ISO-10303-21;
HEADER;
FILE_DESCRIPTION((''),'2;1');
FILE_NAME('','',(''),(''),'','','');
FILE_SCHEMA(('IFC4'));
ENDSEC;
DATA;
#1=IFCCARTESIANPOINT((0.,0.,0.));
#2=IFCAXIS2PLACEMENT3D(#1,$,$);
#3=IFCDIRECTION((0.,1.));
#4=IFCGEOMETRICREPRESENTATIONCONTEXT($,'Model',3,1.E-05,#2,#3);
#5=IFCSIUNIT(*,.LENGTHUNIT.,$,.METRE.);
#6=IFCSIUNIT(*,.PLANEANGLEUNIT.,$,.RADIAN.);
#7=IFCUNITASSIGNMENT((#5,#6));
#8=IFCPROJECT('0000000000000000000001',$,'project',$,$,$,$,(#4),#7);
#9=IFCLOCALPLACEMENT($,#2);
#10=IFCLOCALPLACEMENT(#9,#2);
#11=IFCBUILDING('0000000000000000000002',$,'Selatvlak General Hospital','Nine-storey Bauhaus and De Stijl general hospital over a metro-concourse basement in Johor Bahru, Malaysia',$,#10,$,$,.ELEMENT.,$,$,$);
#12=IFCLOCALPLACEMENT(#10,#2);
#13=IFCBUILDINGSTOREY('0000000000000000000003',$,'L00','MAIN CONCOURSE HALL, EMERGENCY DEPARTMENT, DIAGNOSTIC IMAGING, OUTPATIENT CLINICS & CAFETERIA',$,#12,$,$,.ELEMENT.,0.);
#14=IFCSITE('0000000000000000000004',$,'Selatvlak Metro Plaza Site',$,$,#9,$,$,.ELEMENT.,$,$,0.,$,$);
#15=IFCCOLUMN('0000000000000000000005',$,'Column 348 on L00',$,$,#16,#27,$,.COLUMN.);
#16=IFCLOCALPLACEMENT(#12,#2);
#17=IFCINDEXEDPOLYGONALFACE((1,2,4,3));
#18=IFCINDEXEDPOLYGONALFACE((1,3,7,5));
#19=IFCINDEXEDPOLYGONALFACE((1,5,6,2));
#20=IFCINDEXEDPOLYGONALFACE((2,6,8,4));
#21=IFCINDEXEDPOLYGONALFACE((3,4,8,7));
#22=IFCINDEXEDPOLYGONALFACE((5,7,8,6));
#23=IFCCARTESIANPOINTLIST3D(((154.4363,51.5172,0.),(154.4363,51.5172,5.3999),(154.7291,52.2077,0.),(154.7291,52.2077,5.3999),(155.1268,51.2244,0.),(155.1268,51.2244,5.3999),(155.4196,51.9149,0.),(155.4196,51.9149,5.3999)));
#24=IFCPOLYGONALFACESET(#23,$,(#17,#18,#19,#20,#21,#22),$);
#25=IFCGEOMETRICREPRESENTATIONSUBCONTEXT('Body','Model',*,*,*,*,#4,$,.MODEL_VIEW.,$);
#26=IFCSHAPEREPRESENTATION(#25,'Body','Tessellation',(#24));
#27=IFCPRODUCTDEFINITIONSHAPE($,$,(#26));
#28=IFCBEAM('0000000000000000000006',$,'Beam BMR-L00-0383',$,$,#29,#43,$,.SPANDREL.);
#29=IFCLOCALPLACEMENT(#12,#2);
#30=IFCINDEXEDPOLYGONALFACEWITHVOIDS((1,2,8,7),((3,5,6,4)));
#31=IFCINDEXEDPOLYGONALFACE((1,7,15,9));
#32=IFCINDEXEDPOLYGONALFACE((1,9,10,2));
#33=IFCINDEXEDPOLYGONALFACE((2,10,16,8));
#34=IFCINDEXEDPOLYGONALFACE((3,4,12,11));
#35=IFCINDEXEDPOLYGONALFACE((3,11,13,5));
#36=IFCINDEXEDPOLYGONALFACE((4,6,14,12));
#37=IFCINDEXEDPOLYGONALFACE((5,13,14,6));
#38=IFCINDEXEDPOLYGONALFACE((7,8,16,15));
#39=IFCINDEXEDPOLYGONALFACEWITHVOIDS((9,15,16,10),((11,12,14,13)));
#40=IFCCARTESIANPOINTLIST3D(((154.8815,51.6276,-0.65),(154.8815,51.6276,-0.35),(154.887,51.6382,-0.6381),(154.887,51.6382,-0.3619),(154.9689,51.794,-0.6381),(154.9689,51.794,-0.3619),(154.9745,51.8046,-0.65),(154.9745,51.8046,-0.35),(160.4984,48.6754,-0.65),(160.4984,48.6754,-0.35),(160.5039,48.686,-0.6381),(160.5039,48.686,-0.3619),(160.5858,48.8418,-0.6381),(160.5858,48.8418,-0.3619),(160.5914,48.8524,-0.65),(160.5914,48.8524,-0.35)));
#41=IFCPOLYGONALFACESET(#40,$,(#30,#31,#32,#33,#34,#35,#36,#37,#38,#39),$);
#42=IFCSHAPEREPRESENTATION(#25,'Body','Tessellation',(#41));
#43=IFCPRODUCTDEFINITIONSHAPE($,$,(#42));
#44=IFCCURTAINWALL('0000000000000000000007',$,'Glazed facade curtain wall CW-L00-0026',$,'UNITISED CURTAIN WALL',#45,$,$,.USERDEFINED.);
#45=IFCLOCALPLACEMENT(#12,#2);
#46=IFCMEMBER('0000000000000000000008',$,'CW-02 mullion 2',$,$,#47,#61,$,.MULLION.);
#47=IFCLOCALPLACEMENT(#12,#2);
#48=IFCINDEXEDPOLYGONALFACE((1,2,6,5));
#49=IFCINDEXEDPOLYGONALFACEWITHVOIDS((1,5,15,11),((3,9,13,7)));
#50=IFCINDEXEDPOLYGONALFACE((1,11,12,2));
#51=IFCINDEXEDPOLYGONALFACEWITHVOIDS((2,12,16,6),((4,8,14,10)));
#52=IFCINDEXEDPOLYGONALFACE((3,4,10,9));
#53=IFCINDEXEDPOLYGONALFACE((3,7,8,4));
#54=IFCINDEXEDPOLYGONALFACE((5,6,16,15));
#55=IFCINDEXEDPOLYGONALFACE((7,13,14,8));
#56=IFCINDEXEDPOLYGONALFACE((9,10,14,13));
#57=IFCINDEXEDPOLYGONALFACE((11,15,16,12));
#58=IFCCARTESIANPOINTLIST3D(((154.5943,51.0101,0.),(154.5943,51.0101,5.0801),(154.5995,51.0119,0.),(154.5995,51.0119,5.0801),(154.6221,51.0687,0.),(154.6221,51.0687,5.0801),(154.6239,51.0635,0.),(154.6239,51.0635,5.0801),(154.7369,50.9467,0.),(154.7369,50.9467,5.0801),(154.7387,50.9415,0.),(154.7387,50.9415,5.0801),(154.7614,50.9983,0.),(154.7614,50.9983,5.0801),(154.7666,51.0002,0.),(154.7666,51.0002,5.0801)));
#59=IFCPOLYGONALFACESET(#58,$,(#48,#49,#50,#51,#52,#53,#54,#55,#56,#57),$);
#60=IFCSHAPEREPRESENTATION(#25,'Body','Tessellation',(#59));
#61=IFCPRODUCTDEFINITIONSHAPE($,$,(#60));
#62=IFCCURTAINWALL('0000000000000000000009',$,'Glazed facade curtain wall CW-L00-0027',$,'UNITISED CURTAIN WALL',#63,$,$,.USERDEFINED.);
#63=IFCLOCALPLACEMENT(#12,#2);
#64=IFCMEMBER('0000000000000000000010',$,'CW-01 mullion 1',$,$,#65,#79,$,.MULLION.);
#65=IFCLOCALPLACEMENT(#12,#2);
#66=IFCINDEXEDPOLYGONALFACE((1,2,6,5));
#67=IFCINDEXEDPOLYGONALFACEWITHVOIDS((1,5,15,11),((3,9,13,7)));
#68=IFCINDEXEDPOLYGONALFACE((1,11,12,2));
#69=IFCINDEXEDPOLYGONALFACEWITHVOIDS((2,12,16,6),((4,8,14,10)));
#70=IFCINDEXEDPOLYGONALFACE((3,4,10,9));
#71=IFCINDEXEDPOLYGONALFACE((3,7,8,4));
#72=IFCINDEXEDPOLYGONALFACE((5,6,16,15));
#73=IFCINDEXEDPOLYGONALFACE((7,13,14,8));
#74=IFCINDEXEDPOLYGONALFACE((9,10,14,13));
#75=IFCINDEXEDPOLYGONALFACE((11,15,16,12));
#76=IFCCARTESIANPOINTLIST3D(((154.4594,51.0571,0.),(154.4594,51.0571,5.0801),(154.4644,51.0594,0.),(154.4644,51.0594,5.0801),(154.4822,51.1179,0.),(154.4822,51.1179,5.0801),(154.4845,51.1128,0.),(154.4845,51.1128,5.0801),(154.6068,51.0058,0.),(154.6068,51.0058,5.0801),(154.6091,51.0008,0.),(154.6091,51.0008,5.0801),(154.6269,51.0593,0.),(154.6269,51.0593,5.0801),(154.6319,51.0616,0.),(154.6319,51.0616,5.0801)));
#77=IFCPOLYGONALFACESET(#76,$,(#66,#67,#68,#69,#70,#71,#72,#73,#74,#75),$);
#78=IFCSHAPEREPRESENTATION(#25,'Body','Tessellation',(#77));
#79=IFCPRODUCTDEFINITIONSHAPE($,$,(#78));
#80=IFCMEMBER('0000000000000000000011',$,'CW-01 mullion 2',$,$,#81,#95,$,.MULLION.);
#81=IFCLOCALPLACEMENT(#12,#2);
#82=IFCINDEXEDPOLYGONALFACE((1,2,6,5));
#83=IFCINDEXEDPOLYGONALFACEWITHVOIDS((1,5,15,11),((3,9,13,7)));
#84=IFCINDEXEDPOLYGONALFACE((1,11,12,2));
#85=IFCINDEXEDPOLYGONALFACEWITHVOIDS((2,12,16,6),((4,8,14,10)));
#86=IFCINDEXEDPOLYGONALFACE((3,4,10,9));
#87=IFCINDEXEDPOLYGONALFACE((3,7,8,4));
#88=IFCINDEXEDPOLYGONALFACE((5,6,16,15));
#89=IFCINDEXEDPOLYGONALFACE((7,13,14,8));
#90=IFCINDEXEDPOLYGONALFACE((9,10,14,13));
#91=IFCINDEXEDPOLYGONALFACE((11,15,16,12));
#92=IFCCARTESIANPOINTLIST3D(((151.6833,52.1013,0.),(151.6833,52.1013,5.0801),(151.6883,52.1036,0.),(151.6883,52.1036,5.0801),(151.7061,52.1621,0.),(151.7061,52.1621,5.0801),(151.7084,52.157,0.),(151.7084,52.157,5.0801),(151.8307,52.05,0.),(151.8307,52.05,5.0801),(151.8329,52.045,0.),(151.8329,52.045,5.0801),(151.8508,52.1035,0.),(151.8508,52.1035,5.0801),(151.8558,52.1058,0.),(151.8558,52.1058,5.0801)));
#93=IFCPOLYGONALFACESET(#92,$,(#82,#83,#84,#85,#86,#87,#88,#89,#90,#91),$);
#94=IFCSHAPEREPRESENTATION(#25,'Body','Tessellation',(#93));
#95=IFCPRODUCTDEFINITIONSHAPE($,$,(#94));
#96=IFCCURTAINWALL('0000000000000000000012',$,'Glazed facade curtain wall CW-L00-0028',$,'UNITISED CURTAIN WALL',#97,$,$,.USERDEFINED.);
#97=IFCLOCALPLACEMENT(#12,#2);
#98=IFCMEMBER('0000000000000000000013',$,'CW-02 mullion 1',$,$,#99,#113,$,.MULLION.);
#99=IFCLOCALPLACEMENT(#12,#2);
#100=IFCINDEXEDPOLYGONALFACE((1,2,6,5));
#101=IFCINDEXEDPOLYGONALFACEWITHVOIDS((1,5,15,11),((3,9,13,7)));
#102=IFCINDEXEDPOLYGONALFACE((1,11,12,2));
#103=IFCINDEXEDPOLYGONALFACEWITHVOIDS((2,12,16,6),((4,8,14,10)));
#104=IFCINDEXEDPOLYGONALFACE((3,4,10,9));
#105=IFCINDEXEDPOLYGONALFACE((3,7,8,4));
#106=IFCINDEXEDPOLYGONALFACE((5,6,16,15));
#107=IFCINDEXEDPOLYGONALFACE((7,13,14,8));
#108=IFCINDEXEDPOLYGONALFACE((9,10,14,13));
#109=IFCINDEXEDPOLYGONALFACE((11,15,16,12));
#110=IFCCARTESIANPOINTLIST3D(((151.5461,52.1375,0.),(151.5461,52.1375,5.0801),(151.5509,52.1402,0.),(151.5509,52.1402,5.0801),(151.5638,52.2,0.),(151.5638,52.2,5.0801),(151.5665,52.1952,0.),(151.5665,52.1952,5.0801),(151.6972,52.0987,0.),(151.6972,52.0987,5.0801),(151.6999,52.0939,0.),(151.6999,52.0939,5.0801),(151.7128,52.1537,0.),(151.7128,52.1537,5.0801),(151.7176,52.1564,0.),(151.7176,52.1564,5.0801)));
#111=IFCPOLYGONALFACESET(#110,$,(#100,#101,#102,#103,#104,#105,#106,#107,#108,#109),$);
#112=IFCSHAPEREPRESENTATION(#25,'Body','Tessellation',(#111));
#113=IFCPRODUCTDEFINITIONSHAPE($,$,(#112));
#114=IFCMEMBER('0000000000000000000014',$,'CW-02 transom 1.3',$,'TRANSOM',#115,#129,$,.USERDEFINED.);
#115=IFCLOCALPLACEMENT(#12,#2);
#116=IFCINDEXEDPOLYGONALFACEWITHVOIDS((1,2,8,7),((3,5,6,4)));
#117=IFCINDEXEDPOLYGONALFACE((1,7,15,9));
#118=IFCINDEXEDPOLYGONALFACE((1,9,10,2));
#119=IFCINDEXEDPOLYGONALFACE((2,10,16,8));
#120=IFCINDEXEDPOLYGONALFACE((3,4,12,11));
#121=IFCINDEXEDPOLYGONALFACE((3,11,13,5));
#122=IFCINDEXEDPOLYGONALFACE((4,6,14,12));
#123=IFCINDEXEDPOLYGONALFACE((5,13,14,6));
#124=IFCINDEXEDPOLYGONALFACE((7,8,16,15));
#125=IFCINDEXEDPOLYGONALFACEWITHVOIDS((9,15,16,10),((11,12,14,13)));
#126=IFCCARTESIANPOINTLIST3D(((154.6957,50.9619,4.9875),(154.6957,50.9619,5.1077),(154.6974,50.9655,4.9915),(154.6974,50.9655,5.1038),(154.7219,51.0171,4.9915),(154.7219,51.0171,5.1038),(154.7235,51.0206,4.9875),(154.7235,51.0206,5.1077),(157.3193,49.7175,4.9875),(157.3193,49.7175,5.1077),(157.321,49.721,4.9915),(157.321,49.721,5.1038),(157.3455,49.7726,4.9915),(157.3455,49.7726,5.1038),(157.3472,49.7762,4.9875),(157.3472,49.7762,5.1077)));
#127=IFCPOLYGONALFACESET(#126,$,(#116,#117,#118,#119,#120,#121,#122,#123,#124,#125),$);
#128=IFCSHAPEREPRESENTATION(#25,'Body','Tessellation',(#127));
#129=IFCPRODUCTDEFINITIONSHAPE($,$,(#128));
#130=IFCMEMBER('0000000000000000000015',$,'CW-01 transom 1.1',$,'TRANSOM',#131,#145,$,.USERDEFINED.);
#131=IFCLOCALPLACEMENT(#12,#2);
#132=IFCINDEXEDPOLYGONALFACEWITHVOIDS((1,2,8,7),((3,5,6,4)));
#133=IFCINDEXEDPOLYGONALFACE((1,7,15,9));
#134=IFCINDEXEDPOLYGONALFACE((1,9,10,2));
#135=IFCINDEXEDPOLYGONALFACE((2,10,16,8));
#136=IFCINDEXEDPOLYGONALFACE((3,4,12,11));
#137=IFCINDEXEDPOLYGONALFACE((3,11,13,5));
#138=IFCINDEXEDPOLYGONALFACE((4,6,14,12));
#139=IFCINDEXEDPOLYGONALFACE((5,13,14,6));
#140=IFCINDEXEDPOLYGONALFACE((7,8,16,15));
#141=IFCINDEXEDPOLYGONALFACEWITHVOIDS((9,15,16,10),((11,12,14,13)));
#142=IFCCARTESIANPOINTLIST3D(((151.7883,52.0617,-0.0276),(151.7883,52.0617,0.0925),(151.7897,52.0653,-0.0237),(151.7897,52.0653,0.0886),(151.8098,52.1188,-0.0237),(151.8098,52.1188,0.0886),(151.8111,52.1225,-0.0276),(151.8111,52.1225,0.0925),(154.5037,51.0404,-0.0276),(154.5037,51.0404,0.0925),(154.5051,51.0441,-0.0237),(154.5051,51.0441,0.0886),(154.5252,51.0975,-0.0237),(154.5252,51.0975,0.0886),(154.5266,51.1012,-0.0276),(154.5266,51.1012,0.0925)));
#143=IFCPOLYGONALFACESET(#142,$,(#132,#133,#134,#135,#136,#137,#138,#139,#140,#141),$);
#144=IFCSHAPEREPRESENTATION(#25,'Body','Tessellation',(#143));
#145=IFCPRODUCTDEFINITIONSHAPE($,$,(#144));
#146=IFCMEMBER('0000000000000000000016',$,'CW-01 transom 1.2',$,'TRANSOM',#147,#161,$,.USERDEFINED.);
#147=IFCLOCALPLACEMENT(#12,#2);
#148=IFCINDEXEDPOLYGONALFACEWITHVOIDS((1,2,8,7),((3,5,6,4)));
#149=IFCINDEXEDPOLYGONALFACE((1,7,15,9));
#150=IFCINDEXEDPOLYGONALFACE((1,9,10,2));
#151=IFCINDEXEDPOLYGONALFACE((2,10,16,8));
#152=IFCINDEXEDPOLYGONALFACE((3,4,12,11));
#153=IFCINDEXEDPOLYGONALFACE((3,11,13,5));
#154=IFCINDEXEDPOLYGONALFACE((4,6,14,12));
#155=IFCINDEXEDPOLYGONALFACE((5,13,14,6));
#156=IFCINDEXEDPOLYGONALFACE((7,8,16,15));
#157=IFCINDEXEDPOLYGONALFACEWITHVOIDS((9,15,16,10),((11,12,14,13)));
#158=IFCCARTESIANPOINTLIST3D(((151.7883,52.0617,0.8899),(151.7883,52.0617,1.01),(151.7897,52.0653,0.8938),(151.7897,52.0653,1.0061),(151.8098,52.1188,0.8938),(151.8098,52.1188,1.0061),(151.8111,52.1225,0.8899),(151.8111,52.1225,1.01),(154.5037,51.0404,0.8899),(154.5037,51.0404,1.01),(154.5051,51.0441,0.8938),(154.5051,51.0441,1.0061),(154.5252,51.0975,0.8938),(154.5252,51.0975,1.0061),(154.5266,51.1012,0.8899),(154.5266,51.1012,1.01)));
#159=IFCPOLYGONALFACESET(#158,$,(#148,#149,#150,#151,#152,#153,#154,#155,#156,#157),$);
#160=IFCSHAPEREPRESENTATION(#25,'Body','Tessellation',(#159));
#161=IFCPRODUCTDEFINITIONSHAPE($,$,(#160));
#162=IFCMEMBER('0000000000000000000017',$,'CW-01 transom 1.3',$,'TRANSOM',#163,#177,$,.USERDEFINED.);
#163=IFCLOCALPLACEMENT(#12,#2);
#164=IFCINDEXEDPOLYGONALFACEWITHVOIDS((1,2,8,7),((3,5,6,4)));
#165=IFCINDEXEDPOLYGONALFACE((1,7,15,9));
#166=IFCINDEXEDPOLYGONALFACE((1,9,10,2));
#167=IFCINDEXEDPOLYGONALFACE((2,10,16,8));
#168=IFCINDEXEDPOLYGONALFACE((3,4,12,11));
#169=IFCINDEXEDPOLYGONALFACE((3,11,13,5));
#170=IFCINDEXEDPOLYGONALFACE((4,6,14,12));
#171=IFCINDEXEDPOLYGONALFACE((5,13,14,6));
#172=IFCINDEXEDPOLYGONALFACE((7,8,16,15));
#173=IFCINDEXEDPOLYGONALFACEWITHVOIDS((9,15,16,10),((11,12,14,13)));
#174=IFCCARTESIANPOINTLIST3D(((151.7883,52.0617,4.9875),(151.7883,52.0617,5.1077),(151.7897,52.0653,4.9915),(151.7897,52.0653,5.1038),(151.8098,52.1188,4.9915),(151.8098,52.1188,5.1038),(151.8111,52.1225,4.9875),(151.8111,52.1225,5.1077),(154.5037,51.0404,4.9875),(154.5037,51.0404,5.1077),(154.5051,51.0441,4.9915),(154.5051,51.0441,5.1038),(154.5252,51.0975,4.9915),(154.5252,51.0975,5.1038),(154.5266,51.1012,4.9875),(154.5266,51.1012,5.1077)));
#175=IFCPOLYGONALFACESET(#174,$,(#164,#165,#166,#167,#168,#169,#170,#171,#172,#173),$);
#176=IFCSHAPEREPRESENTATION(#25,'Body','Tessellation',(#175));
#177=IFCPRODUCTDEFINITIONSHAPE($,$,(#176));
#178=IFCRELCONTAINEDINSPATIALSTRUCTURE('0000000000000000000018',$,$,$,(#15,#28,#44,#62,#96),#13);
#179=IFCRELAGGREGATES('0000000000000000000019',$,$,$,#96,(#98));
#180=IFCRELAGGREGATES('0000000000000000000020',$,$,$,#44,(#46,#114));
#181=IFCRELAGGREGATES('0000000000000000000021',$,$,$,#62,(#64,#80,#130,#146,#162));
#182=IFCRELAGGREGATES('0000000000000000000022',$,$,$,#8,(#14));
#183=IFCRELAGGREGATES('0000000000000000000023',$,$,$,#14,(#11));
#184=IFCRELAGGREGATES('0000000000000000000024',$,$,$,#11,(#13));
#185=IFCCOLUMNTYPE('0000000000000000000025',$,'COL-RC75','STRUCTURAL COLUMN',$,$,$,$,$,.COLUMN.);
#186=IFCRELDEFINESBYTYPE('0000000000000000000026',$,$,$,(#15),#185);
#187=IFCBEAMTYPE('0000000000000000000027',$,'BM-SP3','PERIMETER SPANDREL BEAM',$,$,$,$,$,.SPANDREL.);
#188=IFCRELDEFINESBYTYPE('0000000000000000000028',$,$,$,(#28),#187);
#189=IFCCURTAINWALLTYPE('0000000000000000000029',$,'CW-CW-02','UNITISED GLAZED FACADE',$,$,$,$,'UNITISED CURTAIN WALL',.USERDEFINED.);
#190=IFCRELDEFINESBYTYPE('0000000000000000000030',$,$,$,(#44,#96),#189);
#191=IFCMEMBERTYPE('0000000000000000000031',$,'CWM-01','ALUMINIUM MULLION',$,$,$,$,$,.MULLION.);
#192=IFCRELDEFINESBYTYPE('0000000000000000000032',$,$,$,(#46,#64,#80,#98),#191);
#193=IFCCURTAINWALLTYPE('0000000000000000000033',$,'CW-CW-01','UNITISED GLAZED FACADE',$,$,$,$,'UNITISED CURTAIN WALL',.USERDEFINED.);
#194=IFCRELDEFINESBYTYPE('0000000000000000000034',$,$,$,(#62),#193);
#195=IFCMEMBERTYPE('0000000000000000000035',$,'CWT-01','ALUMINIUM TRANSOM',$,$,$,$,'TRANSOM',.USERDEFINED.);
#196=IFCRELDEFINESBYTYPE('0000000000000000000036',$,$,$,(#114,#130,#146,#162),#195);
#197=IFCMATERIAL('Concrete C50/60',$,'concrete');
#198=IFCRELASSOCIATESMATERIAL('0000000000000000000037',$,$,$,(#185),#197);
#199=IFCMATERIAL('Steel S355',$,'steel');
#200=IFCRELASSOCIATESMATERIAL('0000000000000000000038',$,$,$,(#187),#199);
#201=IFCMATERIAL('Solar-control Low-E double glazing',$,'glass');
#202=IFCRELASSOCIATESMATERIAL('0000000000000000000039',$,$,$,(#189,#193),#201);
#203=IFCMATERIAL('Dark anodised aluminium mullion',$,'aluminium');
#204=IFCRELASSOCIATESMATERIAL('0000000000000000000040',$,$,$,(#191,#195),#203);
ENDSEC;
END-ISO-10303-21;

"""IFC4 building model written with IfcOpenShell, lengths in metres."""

from ifc_helpers import new_model, si_unit, direction, frame, origin, origin_2d, place, context, subcontext, project, spatial, rectangle, hollow_rectangle, extrude, material, material_profile, profile_set, type_object, element, aggregate, save


model = new_model("IFC4")

# Units and contexts
model_context = context("Model", 3, precision=1e-05, world=origin(), true_north=direction((0.0, 1.0)))
body_context = subcontext(model_context, "Body", "Model", "MODEL_VIEW")
ifc_project = project(units=[si_unit("LENGTHUNIT", "METRE"), si_unit("PLANEANGLEUNIT", "RADIAN")], contexts=[model_context])

# Site, building, storey
site_placement = place(None, origin())
site = spatial("IfcSite", under=ifc_project, at=site_placement, Name="Selatvlak Metro Plaza Site", CompositionType="ELEMENT", RefElevation=0.0)
building_placement = place(site_placement, origin())
building = spatial("IfcBuilding", under=site, at=building_placement, Name="Selatvlak General Hospital", Description="Nine-storey Bauhaus and De Stijl general hospital over a metro-concourse basement in Johor Bahru, Malaysia", CompositionType="ELEMENT")
storey_placement = place(building_placement, origin())
storey = spatial("IfcBuildingStorey", under=building, at=storey_placement, Name="L00", Description="MAIN CONCOURSE HALL, EMERGENCY DEPARTMENT, DIAGNOSTIC IMAGING, OUTPATIENT CLINICS & CAFETERIA", CompositionType="ELEMENT", Elevation=0.0)

# Column
ifc_material_1 = material(Name="Concrete C50/60", Category="concrete")
ifc_material_profile_1 = material_profile(ifc_material_1, rectangle(XDim=0.75, YDim=0.75, at=origin_2d()), Name="RC-COL 750x750")
ifc_profile_set_1 = profile_set([ifc_material_profile_1], Name="Concrete C50/60")
column_type = type_object("IfcColumnType", Name="COL-RC75", Description="STRUCTURAL COLUMN", PredefinedType="COLUMN", material=ifc_profile_set_1)
column_placement = place(storey_placement, frame((154.928, 51.7161, 0.0), z_axis=(0.0, 0.0, 1.0), x_axis=(0.390394, 0.920648, 0.0)))
element("IfcColumn", 1, at=column_placement, inside=storey, type_object=column_type, Name="Column 348 on L00", PredefinedType="COLUMN", context=body_context, shape_type="SweptSolid", body=[
    extrude(rectangle(XDim=0.75, YDim=0.75, at=origin_2d()), origin(), (0.0, 0.0, 1.0), 5.3999),
])

# Beam
ifc_material_2 = material(Name="Steel S355", Category="steel")
ifc_material_profile_2 = material_profile(ifc_material_2, hollow_rectangle(XDim=0.2, YDim=0.3, WallThickness=0.012, at=origin_2d()), Name="RHS 300x200x12")
ifc_profile_set_2 = profile_set([ifc_material_profile_2], Name="Steel S355")
beam_type = type_object("IfcBeamType", Name="BM-SP3", Description="PERIMETER SPANDREL BEAM", PredefinedType="SPANDREL", material=ifc_profile_set_2)
beam_placement = place(storey_placement, frame((154.928, 51.7161, -0.5), z_axis=(0.885187, -0.465236, 0.0), x_axis=(0.465236, 0.885187, 0.0)))
element("IfcBeam", 2, at=beam_placement, inside=storey, type_object=beam_type, Name="Beam BMR-L00-0383", PredefinedType="SPANDREL", context=body_context, shape_type="SweptSolid", body=[
    extrude(hollow_rectangle(XDim=0.2, YDim=0.3, WallThickness=0.012, at=origin_2d()), origin(), (0.0, 0.0, 1.0), 6.3455),
])

# Curtain wall, member
ifc_material_3 = material(Name="Solar-control Low-E double glazing", Category="glass")
curtain_wall_type_1 = type_object("IfcCurtainWallType", Name="CW-CW-02", Description="UNITISED GLAZED FACADE", ElementType="UNITISED CURTAIN WALL", PredefinedType="USERDEFINED", material=ifc_material_3)
curtain_wall_1_placement = place(storey_placement, origin())
curtain_wall_1 = element("IfcCurtainWall", 3, at=curtain_wall_1_placement, inside=storey, type_object=curtain_wall_type_1, Name="Glazed facade curtain wall CW-L00-0026", ObjectType="UNITISED CURTAIN WALL", PredefinedType="USERDEFINED")
ifc_material_4 = material(Name="Dark anodised aluminium mullion", Category="aluminium")
ifc_material_profile_3 = material_profile(ifc_material_4, hollow_rectangle(XDim=0.0649, YDim=0.1599, WallThickness=0.0039, at=origin_2d()), Name="AL-MUL 65x160x4")
ifc_profile_set_3 = profile_set([ifc_material_profile_3], Name="Dark anodised aluminium mullion")
member_type_1 = type_object("IfcMemberType", Name="CWM-01", Description="ALUMINIUM MULLION", PredefinedType="MULLION", material=ifc_profile_set_3)
member_1_placement = place(storey_placement, frame((154.6804, 51.0051, 0.0), z_axis=(0.0, 0.0, 1.0), x_axis=(-0.428526, -0.90353, 0.0)))
member_1 = element("IfcMember", 4, at=member_1_placement, type_object=member_type_1, Name="CW-02 mullion 2", PredefinedType="MULLION", context=body_context, shape_type="SweptSolid", body=[
    extrude(hollow_rectangle(XDim=0.0649, YDim=0.1599, WallThickness=0.0039, at=origin_2d()), origin(), (0.0, 0.0, 1.0), 5.0801),
])

# Curtain wall, members
curtain_wall_type_2 = type_object("IfcCurtainWallType", Name="CW-CW-01", Description="UNITISED GLAZED FACADE", ElementType="UNITISED CURTAIN WALL", PredefinedType="USERDEFINED", material=ifc_material_3)
curtain_wall_2_placement = place(storey_placement, origin())
curtain_wall_2 = element("IfcCurtainWall", 5, at=curtain_wall_2_placement, inside=storey, type_object=curtain_wall_type_2, Name="Glazed facade curtain wall CW-L00-0027", ObjectType="UNITISED CURTAIN WALL", PredefinedType="USERDEFINED")
member_2_placement = place(storey_placement, frame((154.5457, 51.0593, 0.0), z_axis=(0.0, 0.0, 1.0), x_axis=(-0.352027, -0.93599, 0.0)))
member_2 = element("IfcMember", 6, at=member_2_placement, type_object=member_type_1, Name="CW-01 mullion 1", PredefinedType="MULLION", context=body_context, shape_type="SweptSolid", body=[
    extrude(hollow_rectangle(XDim=0.0649, YDim=0.1599, WallThickness=0.0039, at=origin_2d()), origin(), (0.0, 0.0, 1.0), 5.0801),
])
member_3_placement = place(storey_placement, frame((151.7695, 52.1035, 0.0), z_axis=(0.0, 0.0, 1.0), x_axis=(-0.352027, -0.93599, 0.0)))
member_3 = element("IfcMember", 7, at=member_3_placement, type_object=member_type_1, Name="CW-01 mullion 2", PredefinedType="MULLION", context=body_context, shape_type="SweptSolid", body=[
    extrude(hollow_rectangle(XDim=0.0649, YDim=0.1599, WallThickness=0.0039, at=origin_2d()), origin(), (0.0, 0.0, 1.0), 5.0801),
])

# Curtain wall, member
curtain_wall_3_placement = place(storey_placement, origin())
curtain_wall_3 = element("IfcCurtainWall", 8, at=curtain_wall_3_placement, inside=storey, type_object=curtain_wall_type_1, Name="Glazed facade curtain wall CW-L00-0028", ObjectType="UNITISED CURTAIN WALL", PredefinedType="USERDEFINED")
member_4_placement = place(storey_placement, frame((151.6318, 52.147, 0.0), z_axis=(0.0, 0.0, 1.0), x_axis=(-0.272847, -0.962057, 0.0)))
member_4 = element("IfcMember", 9, at=member_4_placement, type_object=member_type_1, Name="CW-02 mullion 1", PredefinedType="MULLION", context=body_context, shape_type="SweptSolid", body=[
    extrude(hollow_rectangle(XDim=0.0649, YDim=0.1599, WallThickness=0.0039, at=origin_2d()), origin(), (0.0, 0.0, 1.0), 5.0801),
])

# Members
ifc_material_profile_4 = material_profile(ifc_material_4, hollow_rectangle(XDim=0.0649, YDim=0.1201, WallThickness=0.0039, at=origin_2d()), Name="AL-TRN 65x120x4")
ifc_profile_set_4 = profile_set([ifc_material_profile_4], Name="Dark anodised aluminium mullion")
member_type_2 = type_object("IfcMemberType", Name="CWT-01", Description="ALUMINIUM TRANSOM", ElementType="TRANSOM", PredefinedType="USERDEFINED", material=ifc_profile_set_4)
member_5_placement = place(storey_placement, frame((157.3333, 49.7468, 5.0476), z_axis=(-0.903517, 0.428553, 0.0), x_axis=(-0.428553, -0.903517, 0.0)))
member_5 = element("IfcMember", 10, at=member_5_placement, type_object=member_type_2, Name="CW-02 transom 1.3", ObjectType="TRANSOM", PredefinedType="USERDEFINED", context=body_context, shape_type="SweptSolid", body=[
    extrude(hollow_rectangle(XDim=0.0649, YDim=0.1201, WallThickness=0.0039, at=origin_2d()), origin(), (0.0, 0.0, 1.0), 2.9038),
])
member_6_placement = place(storey_placement, frame((154.5151, 51.0708, 0.0325), z_axis=(-0.93599, 0.352027, 0.0), x_axis=(-0.352027, -0.93599, 0.0)))
member_6 = element("IfcMember", 11, at=member_6_placement, type_object=member_type_2, Name="CW-01 transom 1.1", ObjectType="TRANSOM", PredefinedType="USERDEFINED", context=body_context, shape_type="SweptSolid", body=[
    extrude(hollow_rectangle(XDim=0.0649, YDim=0.1201, WallThickness=0.0039, at=origin_2d()), origin(), (0.0, 0.0, 1.0), 2.9011),
])
member_7_placement = place(storey_placement, frame((154.5151, 51.0708, 0.95), z_axis=(-0.93599, 0.352027, 0.0), x_axis=(-0.352027, -0.93599, 0.0)))
member_7 = element("IfcMember", 12, at=member_7_placement, type_object=member_type_2, Name="CW-01 transom 1.2", ObjectType="TRANSOM", PredefinedType="USERDEFINED", context=body_context, shape_type="SweptSolid", body=[
    extrude(hollow_rectangle(XDim=0.0649, YDim=0.1201, WallThickness=0.0039, at=origin_2d()), origin(), (0.0, 0.0, 1.0), 2.9011),
])
member_8_placement = place(storey_placement, frame((154.5151, 51.0708, 5.0476), z_axis=(-0.93599, 0.352027, 0.0), x_axis=(-0.352027, -0.93599, 0.0)))
member_8 = element("IfcMember", 13, at=member_8_placement, type_object=member_type_2, Name="CW-01 transom 1.3", ObjectType="TRANSOM", PredefinedType="USERDEFINED", context=body_context, shape_type="SweptSolid", body=[
    extrude(hollow_rectangle(XDim=0.0649, YDim=0.1201, WallThickness=0.0039, at=origin_2d()), origin(), (0.0, 0.0, 1.0), 2.9011),
])
aggregate(curtain_wall_3, [member_4])

aggregate(curtain_wall_1, [member_1, member_5])
aggregate(curtain_wall_2, [member_2, member_3, member_6, member_7, member_8])

save(model, "model.ifc")
